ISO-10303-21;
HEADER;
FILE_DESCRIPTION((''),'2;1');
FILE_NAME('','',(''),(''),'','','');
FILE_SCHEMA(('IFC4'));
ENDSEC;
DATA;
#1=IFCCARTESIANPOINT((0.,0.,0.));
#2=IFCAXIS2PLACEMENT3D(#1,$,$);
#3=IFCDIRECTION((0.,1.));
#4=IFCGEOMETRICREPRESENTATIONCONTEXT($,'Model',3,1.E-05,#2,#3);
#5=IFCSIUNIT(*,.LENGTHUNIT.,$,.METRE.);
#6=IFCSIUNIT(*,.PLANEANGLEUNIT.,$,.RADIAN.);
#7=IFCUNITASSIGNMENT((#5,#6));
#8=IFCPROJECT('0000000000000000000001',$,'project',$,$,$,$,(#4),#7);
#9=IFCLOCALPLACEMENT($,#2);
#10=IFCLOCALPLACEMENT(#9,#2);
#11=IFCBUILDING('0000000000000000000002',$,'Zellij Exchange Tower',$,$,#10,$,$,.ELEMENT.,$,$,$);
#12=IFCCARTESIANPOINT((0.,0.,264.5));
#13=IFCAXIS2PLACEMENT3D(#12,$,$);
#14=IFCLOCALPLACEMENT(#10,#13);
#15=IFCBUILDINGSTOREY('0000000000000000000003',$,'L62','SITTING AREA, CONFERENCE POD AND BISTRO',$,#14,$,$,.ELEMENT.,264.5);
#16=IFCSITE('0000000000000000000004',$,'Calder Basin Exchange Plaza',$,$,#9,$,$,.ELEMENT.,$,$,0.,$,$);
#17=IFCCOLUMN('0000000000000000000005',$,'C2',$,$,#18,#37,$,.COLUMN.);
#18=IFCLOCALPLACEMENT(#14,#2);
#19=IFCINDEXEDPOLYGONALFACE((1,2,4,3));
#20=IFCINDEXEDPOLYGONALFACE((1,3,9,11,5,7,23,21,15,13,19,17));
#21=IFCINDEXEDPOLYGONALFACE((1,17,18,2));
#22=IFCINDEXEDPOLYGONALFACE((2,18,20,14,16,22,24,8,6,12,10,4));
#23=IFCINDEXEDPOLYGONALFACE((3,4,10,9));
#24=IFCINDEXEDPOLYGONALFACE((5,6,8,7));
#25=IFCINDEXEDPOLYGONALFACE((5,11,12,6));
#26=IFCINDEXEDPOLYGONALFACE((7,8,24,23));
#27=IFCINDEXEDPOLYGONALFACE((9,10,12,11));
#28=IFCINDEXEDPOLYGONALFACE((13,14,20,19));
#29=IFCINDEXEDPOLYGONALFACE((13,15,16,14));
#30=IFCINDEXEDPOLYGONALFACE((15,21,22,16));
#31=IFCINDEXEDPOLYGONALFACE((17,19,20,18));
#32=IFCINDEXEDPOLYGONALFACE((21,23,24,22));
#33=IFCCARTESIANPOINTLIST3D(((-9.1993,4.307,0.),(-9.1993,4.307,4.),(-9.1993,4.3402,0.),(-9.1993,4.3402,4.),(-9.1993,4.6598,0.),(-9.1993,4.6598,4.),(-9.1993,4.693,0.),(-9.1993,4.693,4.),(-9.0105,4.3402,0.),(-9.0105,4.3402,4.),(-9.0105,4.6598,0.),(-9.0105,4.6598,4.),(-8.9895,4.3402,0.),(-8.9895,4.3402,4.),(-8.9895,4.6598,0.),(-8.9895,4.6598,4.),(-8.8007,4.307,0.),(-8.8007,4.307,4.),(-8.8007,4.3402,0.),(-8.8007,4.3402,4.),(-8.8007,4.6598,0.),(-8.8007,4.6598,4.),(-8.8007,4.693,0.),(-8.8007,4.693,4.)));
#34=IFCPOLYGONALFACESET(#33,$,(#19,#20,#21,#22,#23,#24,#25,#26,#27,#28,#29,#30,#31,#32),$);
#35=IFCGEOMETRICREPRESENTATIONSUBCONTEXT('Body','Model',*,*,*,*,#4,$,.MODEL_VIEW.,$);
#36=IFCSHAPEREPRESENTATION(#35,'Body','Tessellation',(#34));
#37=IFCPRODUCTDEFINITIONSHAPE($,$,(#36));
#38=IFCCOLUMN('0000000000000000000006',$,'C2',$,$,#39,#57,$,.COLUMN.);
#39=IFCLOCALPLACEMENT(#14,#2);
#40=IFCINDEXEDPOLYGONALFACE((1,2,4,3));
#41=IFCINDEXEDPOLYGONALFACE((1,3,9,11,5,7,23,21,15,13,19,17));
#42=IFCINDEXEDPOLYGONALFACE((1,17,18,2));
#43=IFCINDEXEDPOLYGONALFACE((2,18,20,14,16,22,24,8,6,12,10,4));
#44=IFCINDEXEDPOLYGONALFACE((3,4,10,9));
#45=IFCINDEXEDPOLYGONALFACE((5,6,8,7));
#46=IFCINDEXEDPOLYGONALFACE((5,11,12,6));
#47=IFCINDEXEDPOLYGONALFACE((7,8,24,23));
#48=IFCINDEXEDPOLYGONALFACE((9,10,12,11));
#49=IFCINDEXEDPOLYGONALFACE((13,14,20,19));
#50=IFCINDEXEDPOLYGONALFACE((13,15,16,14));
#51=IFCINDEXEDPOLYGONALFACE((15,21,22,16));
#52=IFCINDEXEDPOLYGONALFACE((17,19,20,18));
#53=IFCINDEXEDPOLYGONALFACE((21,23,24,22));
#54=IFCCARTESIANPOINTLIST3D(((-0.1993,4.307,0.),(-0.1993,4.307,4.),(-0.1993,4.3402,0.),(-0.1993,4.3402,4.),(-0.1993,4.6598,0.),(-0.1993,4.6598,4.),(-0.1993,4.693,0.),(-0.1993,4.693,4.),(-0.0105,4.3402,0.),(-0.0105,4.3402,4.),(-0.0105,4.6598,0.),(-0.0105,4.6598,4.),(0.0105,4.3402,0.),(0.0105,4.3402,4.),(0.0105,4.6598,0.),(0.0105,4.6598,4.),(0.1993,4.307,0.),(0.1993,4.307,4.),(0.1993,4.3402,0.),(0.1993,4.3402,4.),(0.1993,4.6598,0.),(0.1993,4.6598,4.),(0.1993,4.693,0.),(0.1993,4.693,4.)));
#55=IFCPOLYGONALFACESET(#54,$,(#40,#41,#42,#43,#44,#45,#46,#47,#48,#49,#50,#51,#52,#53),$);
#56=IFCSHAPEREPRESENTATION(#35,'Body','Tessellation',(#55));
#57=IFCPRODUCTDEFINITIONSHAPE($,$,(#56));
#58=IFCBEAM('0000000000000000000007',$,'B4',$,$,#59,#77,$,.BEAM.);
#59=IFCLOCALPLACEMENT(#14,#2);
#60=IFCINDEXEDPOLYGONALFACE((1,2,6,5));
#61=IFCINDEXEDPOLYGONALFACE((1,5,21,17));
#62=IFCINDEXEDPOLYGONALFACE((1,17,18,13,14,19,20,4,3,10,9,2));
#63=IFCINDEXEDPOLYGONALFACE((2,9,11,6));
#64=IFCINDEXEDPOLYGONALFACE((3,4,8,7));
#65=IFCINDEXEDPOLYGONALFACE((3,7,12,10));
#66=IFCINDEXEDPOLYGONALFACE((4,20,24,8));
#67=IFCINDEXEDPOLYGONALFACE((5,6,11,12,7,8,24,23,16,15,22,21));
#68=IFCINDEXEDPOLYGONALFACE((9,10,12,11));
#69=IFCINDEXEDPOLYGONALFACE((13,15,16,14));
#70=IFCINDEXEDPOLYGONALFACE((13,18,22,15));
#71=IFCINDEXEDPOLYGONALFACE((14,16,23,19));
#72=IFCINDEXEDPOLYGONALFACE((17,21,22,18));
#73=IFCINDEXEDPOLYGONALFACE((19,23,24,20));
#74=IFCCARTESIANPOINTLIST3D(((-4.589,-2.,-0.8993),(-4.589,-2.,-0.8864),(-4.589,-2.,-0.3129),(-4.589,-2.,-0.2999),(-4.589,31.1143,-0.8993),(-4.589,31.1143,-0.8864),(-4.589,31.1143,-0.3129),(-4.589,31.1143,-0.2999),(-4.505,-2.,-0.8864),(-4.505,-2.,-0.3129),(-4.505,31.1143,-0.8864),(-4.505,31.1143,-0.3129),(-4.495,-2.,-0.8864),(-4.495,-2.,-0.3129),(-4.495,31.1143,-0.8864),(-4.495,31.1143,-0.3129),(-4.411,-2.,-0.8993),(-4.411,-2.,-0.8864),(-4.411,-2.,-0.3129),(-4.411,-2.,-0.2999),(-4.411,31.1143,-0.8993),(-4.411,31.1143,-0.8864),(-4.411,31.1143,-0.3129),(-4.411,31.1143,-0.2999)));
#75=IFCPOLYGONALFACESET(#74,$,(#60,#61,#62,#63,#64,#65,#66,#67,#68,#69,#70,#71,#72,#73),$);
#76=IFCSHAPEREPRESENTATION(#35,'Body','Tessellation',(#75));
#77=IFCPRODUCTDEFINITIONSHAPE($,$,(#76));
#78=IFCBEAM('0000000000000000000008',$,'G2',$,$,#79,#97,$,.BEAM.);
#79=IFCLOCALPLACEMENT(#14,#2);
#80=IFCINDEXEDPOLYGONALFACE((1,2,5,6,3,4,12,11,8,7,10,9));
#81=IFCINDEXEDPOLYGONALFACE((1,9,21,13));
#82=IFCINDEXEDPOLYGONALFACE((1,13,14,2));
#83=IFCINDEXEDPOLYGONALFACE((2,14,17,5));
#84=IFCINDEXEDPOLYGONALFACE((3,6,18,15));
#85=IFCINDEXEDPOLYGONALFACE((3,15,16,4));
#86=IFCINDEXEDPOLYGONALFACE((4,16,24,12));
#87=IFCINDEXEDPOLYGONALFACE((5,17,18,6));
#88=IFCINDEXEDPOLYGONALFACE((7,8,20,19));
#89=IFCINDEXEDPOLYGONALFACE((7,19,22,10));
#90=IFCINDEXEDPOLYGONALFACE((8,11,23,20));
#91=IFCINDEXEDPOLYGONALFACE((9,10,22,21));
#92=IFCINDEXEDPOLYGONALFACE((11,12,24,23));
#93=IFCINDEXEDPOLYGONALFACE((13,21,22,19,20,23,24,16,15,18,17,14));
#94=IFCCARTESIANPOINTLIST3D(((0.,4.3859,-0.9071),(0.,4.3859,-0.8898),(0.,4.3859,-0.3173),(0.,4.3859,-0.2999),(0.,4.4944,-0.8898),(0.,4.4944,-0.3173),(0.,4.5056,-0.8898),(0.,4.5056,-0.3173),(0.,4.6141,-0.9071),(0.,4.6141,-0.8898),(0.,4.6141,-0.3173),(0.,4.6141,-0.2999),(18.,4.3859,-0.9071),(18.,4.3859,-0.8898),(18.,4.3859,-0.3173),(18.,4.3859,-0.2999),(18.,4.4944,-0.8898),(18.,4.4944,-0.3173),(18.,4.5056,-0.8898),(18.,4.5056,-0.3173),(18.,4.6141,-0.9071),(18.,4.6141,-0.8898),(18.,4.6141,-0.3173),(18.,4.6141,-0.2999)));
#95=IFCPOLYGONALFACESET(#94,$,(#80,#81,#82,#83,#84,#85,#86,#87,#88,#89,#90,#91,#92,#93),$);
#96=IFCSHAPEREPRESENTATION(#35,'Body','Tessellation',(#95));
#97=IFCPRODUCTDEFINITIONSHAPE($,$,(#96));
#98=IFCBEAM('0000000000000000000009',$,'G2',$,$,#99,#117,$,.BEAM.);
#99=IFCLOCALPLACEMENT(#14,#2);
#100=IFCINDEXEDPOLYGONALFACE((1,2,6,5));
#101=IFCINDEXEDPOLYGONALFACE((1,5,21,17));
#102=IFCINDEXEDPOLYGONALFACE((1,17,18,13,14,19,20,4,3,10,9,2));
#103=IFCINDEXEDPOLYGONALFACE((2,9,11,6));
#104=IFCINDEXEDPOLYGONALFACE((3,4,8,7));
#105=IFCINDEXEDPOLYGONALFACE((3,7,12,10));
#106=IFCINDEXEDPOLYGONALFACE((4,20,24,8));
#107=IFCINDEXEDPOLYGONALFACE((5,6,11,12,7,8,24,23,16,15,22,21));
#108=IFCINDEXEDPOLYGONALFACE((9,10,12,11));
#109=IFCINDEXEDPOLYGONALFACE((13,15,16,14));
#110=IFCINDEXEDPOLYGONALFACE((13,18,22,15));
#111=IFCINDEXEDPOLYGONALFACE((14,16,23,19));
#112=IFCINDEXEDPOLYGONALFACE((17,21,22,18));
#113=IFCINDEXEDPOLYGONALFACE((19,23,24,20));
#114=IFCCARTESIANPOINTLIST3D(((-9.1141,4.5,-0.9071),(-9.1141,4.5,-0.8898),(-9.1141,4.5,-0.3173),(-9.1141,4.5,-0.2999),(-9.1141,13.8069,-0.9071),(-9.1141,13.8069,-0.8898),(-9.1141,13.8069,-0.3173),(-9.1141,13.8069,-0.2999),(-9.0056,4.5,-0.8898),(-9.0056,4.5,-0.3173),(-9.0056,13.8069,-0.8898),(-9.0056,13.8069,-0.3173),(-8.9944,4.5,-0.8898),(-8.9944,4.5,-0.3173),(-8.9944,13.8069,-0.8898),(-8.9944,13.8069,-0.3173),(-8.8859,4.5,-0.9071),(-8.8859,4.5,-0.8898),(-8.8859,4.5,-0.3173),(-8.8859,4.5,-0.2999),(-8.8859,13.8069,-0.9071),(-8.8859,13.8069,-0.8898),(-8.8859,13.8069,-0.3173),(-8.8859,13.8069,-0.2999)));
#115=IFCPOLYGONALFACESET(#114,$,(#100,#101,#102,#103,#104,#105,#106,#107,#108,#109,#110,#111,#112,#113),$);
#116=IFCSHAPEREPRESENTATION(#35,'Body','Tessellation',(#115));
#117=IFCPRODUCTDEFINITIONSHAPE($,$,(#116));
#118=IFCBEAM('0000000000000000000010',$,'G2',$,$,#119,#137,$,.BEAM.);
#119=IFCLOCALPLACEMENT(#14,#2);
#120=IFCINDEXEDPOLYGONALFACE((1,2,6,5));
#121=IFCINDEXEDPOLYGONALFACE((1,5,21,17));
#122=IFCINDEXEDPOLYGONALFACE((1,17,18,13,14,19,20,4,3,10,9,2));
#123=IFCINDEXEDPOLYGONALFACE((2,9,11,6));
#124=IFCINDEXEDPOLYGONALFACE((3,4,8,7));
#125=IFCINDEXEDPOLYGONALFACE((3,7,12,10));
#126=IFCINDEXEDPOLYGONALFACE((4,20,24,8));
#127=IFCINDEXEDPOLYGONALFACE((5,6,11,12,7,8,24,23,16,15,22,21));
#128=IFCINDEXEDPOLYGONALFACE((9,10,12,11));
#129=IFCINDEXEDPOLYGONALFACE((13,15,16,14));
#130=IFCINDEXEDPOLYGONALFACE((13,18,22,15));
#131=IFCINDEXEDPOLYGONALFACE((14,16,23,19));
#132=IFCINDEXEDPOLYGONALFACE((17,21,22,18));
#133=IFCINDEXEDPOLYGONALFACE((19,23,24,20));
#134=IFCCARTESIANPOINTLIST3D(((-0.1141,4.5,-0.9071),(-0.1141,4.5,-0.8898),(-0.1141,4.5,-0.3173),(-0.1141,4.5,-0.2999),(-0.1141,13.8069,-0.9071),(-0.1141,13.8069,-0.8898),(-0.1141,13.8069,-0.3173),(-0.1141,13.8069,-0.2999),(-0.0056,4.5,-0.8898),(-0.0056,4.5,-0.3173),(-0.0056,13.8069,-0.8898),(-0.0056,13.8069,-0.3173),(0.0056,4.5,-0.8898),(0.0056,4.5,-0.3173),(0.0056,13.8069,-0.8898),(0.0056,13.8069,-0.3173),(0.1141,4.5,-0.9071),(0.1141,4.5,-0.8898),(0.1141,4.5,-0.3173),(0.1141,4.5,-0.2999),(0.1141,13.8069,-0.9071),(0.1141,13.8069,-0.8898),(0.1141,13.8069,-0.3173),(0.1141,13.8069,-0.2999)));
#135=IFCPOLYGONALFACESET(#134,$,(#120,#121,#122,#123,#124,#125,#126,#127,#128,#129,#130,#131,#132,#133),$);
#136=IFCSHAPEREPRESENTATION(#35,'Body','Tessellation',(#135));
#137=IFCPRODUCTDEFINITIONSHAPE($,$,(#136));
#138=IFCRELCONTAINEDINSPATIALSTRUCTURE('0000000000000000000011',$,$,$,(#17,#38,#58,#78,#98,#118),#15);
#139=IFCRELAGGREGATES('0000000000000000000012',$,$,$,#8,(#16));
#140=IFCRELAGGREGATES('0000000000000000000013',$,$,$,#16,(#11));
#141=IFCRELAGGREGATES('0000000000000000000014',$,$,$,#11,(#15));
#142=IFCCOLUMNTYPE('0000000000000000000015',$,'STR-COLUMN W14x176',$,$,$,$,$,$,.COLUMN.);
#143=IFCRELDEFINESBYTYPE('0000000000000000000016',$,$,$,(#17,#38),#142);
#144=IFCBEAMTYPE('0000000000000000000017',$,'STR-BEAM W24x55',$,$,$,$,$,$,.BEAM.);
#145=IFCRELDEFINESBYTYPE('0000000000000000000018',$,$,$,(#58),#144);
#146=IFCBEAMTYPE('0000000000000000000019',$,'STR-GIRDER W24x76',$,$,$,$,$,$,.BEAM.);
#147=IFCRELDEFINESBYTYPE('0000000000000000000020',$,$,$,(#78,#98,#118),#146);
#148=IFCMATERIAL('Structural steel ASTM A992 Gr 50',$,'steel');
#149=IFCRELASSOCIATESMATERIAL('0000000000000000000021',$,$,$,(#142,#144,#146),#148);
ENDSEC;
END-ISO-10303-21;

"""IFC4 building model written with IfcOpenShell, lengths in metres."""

from ifc_helpers import new_model, si_unit, direction, frame, origin, origin_2d, place, context, subcontext, project, spatial, i_section, extrude, material, material_profile, profile_set, type_object, element, save


model = new_model("IFC4")

# Units and contexts
model_context = context("Model", 3, precision=1e-05, world=origin(), true_north=direction((0.0, 1.0)))
body_context = subcontext(model_context, "Body", "Model", "MODEL_VIEW")
ifc_project = project(units=[si_unit("LENGTHUNIT", "METRE"), si_unit("PLANEANGLEUNIT", "RADIAN")], contexts=[model_context])

# Site, building, storey
site_placement = place(None, origin())
site = spatial("IfcSite", under=ifc_project, at=site_placement, Name="Calder Basin Exchange Plaza", CompositionType="ELEMENT", RefElevation=0.0)
building_placement = place(site_placement, origin())
building = spatial("IfcBuilding", under=site, at=building_placement, Name="Zellij Exchange Tower", CompositionType="ELEMENT")
storey_placement = place(building_placement, frame((0.0, 0.0, 264.5)))
storey = spatial("IfcBuildingStorey", under=building, at=storey_placement, Name="L62", Description="SITTING AREA, CONFERENCE POD AND BISTRO", CompositionType="ELEMENT", Elevation=264.5)

# Columns
ifc_material_1 = material(Name="Structural steel ASTM A992 Gr 50", Category="steel")
ifc_material_profile_1 = material_profile(ifc_material_1, i_section(OverallWidth=0.3987, OverallDepth=0.386, WebThickness=0.021, FlangeThickness=0.0332, at=origin_2d()), Name="W14x176")
ifc_profile_set_1 = profile_set([ifc_material_profile_1], Name="Structural steel ASTM A992 Gr 50")
column_type = type_object("IfcColumnType", Name="STR-COLUMN W14x176", PredefinedType="COLUMN", material=ifc_profile_set_1)
for number, where, z_axis, x_axis, name in (
    (1, (-9.0, 4.5, 0.0), (0.0, 0.0, 1.0), (1.0, 0.0, 0.0), "C2"),
    (2, (0.0, 4.5, 0.0), (0.0, 0.0, 1.0), (1.0, 0.0, 0.0), "C2"),
):
    element("IfcColumn", number, at=place(storey_placement, frame(where, z_axis=z_axis, x_axis=x_axis)), inside=storey, type_object=column_type, Name=name, PredefinedType="COLUMN", context=body_context, shape_type="SweptSolid", body=[
        extrude(i_section(OverallWidth=0.3987, OverallDepth=0.386, WebThickness=0.021, FlangeThickness=0.0332, at=origin_2d()), origin(), (0.0, 0.0, 1.0), 4.0),
    ])

# Beams
ifc_material_profile_2 = material_profile(ifc_material_1, i_section(OverallWidth=0.178, OverallDepth=0.5994, WebThickness=0.01, FlangeThickness=0.0129, at=origin_2d()), Name="W24x55")
ifc_profile_set_2 = profile_set([ifc_material_profile_2], Name="Structural steel ASTM A992 Gr 50")
beam_type_1 = type_object("IfcBeamType", Name="STR-BEAM W24x55", PredefinedType="BEAM", material=ifc_profile_set_2)
beam_1_placement = place(storey_placement, frame((-4.5, -2.0, -0.5996), z_axis=(0.0, 1.0, 0.0), x_axis=(-1.0, 0.0, 0.0)))
element("IfcBeam", 3, at=beam_1_placement, inside=storey, type_object=beam_type_1, Name="B4", PredefinedType="BEAM", context=body_context, shape_type="SweptSolid", body=[
    extrude(i_section(OverallWidth=0.178, OverallDepth=0.5994, WebThickness=0.01, FlangeThickness=0.0129, at=origin_2d()), origin(), (0.0, 0.0, 1.0), 33.1143),
])
ifc_material_profile_3 = material_profile(ifc_material_1, i_section(OverallWidth=0.2283, OverallDepth=0.6072, WebThickness=0.0112, FlangeThickness=0.0173, at=origin_2d()), Name="W24x76")
ifc_profile_set_3 = profile_set([ifc_material_profile_3], Name="Structural steel ASTM A992 Gr 50")
beam_type_2 = type_object("IfcBeamType", Name="STR-GIRDER W24x76", PredefinedType="BEAM", material=ifc_profile_set_3)
beam_2_placement = place(storey_placement, frame((0.0, 4.5, -0.6035), z_axis=(1.0, 0.0, 0.0), x_axis=(0.0, 1.0, 0.0)))
element("IfcBeam", 4, at=beam_2_placement, inside=storey, type_object=beam_type_2, Name="G2", PredefinedType="BEAM", context=body_context, shape_type="SweptSolid", body=[
    extrude(i_section(OverallWidth=0.2283, OverallDepth=0.6072, WebThickness=0.0112, FlangeThickness=0.0173, at=origin_2d()), origin(), (0.0, 0.0, 1.0), 18.0),
])
for number, where, z_axis, x_axis, name in (
    (5, (-9.0, 4.5, -0.6035), (0.0, 1.0, 0.0), (-1.0, 0.0, 0.0), "G2"),
    (6, (0.0, 4.5, -0.6035), (0.0, 1.0, 0.0), (-1.0, 0.0, 0.0), "G2"),
):
    element("IfcBeam", number, at=place(storey_placement, frame(where, z_axis=z_axis, x_axis=x_axis)), inside=storey, type_object=beam_type_2, Name=name, PredefinedType="BEAM", context=body_context, shape_type="SweptSolid", body=[
        extrude(i_section(OverallWidth=0.2283, OverallDepth=0.6072, WebThickness=0.0112, FlangeThickness=0.0173, at=origin_2d()), origin(), (0.0, 0.0, 1.0), 9.3069),
    ])

save(model, "model.ifc")
